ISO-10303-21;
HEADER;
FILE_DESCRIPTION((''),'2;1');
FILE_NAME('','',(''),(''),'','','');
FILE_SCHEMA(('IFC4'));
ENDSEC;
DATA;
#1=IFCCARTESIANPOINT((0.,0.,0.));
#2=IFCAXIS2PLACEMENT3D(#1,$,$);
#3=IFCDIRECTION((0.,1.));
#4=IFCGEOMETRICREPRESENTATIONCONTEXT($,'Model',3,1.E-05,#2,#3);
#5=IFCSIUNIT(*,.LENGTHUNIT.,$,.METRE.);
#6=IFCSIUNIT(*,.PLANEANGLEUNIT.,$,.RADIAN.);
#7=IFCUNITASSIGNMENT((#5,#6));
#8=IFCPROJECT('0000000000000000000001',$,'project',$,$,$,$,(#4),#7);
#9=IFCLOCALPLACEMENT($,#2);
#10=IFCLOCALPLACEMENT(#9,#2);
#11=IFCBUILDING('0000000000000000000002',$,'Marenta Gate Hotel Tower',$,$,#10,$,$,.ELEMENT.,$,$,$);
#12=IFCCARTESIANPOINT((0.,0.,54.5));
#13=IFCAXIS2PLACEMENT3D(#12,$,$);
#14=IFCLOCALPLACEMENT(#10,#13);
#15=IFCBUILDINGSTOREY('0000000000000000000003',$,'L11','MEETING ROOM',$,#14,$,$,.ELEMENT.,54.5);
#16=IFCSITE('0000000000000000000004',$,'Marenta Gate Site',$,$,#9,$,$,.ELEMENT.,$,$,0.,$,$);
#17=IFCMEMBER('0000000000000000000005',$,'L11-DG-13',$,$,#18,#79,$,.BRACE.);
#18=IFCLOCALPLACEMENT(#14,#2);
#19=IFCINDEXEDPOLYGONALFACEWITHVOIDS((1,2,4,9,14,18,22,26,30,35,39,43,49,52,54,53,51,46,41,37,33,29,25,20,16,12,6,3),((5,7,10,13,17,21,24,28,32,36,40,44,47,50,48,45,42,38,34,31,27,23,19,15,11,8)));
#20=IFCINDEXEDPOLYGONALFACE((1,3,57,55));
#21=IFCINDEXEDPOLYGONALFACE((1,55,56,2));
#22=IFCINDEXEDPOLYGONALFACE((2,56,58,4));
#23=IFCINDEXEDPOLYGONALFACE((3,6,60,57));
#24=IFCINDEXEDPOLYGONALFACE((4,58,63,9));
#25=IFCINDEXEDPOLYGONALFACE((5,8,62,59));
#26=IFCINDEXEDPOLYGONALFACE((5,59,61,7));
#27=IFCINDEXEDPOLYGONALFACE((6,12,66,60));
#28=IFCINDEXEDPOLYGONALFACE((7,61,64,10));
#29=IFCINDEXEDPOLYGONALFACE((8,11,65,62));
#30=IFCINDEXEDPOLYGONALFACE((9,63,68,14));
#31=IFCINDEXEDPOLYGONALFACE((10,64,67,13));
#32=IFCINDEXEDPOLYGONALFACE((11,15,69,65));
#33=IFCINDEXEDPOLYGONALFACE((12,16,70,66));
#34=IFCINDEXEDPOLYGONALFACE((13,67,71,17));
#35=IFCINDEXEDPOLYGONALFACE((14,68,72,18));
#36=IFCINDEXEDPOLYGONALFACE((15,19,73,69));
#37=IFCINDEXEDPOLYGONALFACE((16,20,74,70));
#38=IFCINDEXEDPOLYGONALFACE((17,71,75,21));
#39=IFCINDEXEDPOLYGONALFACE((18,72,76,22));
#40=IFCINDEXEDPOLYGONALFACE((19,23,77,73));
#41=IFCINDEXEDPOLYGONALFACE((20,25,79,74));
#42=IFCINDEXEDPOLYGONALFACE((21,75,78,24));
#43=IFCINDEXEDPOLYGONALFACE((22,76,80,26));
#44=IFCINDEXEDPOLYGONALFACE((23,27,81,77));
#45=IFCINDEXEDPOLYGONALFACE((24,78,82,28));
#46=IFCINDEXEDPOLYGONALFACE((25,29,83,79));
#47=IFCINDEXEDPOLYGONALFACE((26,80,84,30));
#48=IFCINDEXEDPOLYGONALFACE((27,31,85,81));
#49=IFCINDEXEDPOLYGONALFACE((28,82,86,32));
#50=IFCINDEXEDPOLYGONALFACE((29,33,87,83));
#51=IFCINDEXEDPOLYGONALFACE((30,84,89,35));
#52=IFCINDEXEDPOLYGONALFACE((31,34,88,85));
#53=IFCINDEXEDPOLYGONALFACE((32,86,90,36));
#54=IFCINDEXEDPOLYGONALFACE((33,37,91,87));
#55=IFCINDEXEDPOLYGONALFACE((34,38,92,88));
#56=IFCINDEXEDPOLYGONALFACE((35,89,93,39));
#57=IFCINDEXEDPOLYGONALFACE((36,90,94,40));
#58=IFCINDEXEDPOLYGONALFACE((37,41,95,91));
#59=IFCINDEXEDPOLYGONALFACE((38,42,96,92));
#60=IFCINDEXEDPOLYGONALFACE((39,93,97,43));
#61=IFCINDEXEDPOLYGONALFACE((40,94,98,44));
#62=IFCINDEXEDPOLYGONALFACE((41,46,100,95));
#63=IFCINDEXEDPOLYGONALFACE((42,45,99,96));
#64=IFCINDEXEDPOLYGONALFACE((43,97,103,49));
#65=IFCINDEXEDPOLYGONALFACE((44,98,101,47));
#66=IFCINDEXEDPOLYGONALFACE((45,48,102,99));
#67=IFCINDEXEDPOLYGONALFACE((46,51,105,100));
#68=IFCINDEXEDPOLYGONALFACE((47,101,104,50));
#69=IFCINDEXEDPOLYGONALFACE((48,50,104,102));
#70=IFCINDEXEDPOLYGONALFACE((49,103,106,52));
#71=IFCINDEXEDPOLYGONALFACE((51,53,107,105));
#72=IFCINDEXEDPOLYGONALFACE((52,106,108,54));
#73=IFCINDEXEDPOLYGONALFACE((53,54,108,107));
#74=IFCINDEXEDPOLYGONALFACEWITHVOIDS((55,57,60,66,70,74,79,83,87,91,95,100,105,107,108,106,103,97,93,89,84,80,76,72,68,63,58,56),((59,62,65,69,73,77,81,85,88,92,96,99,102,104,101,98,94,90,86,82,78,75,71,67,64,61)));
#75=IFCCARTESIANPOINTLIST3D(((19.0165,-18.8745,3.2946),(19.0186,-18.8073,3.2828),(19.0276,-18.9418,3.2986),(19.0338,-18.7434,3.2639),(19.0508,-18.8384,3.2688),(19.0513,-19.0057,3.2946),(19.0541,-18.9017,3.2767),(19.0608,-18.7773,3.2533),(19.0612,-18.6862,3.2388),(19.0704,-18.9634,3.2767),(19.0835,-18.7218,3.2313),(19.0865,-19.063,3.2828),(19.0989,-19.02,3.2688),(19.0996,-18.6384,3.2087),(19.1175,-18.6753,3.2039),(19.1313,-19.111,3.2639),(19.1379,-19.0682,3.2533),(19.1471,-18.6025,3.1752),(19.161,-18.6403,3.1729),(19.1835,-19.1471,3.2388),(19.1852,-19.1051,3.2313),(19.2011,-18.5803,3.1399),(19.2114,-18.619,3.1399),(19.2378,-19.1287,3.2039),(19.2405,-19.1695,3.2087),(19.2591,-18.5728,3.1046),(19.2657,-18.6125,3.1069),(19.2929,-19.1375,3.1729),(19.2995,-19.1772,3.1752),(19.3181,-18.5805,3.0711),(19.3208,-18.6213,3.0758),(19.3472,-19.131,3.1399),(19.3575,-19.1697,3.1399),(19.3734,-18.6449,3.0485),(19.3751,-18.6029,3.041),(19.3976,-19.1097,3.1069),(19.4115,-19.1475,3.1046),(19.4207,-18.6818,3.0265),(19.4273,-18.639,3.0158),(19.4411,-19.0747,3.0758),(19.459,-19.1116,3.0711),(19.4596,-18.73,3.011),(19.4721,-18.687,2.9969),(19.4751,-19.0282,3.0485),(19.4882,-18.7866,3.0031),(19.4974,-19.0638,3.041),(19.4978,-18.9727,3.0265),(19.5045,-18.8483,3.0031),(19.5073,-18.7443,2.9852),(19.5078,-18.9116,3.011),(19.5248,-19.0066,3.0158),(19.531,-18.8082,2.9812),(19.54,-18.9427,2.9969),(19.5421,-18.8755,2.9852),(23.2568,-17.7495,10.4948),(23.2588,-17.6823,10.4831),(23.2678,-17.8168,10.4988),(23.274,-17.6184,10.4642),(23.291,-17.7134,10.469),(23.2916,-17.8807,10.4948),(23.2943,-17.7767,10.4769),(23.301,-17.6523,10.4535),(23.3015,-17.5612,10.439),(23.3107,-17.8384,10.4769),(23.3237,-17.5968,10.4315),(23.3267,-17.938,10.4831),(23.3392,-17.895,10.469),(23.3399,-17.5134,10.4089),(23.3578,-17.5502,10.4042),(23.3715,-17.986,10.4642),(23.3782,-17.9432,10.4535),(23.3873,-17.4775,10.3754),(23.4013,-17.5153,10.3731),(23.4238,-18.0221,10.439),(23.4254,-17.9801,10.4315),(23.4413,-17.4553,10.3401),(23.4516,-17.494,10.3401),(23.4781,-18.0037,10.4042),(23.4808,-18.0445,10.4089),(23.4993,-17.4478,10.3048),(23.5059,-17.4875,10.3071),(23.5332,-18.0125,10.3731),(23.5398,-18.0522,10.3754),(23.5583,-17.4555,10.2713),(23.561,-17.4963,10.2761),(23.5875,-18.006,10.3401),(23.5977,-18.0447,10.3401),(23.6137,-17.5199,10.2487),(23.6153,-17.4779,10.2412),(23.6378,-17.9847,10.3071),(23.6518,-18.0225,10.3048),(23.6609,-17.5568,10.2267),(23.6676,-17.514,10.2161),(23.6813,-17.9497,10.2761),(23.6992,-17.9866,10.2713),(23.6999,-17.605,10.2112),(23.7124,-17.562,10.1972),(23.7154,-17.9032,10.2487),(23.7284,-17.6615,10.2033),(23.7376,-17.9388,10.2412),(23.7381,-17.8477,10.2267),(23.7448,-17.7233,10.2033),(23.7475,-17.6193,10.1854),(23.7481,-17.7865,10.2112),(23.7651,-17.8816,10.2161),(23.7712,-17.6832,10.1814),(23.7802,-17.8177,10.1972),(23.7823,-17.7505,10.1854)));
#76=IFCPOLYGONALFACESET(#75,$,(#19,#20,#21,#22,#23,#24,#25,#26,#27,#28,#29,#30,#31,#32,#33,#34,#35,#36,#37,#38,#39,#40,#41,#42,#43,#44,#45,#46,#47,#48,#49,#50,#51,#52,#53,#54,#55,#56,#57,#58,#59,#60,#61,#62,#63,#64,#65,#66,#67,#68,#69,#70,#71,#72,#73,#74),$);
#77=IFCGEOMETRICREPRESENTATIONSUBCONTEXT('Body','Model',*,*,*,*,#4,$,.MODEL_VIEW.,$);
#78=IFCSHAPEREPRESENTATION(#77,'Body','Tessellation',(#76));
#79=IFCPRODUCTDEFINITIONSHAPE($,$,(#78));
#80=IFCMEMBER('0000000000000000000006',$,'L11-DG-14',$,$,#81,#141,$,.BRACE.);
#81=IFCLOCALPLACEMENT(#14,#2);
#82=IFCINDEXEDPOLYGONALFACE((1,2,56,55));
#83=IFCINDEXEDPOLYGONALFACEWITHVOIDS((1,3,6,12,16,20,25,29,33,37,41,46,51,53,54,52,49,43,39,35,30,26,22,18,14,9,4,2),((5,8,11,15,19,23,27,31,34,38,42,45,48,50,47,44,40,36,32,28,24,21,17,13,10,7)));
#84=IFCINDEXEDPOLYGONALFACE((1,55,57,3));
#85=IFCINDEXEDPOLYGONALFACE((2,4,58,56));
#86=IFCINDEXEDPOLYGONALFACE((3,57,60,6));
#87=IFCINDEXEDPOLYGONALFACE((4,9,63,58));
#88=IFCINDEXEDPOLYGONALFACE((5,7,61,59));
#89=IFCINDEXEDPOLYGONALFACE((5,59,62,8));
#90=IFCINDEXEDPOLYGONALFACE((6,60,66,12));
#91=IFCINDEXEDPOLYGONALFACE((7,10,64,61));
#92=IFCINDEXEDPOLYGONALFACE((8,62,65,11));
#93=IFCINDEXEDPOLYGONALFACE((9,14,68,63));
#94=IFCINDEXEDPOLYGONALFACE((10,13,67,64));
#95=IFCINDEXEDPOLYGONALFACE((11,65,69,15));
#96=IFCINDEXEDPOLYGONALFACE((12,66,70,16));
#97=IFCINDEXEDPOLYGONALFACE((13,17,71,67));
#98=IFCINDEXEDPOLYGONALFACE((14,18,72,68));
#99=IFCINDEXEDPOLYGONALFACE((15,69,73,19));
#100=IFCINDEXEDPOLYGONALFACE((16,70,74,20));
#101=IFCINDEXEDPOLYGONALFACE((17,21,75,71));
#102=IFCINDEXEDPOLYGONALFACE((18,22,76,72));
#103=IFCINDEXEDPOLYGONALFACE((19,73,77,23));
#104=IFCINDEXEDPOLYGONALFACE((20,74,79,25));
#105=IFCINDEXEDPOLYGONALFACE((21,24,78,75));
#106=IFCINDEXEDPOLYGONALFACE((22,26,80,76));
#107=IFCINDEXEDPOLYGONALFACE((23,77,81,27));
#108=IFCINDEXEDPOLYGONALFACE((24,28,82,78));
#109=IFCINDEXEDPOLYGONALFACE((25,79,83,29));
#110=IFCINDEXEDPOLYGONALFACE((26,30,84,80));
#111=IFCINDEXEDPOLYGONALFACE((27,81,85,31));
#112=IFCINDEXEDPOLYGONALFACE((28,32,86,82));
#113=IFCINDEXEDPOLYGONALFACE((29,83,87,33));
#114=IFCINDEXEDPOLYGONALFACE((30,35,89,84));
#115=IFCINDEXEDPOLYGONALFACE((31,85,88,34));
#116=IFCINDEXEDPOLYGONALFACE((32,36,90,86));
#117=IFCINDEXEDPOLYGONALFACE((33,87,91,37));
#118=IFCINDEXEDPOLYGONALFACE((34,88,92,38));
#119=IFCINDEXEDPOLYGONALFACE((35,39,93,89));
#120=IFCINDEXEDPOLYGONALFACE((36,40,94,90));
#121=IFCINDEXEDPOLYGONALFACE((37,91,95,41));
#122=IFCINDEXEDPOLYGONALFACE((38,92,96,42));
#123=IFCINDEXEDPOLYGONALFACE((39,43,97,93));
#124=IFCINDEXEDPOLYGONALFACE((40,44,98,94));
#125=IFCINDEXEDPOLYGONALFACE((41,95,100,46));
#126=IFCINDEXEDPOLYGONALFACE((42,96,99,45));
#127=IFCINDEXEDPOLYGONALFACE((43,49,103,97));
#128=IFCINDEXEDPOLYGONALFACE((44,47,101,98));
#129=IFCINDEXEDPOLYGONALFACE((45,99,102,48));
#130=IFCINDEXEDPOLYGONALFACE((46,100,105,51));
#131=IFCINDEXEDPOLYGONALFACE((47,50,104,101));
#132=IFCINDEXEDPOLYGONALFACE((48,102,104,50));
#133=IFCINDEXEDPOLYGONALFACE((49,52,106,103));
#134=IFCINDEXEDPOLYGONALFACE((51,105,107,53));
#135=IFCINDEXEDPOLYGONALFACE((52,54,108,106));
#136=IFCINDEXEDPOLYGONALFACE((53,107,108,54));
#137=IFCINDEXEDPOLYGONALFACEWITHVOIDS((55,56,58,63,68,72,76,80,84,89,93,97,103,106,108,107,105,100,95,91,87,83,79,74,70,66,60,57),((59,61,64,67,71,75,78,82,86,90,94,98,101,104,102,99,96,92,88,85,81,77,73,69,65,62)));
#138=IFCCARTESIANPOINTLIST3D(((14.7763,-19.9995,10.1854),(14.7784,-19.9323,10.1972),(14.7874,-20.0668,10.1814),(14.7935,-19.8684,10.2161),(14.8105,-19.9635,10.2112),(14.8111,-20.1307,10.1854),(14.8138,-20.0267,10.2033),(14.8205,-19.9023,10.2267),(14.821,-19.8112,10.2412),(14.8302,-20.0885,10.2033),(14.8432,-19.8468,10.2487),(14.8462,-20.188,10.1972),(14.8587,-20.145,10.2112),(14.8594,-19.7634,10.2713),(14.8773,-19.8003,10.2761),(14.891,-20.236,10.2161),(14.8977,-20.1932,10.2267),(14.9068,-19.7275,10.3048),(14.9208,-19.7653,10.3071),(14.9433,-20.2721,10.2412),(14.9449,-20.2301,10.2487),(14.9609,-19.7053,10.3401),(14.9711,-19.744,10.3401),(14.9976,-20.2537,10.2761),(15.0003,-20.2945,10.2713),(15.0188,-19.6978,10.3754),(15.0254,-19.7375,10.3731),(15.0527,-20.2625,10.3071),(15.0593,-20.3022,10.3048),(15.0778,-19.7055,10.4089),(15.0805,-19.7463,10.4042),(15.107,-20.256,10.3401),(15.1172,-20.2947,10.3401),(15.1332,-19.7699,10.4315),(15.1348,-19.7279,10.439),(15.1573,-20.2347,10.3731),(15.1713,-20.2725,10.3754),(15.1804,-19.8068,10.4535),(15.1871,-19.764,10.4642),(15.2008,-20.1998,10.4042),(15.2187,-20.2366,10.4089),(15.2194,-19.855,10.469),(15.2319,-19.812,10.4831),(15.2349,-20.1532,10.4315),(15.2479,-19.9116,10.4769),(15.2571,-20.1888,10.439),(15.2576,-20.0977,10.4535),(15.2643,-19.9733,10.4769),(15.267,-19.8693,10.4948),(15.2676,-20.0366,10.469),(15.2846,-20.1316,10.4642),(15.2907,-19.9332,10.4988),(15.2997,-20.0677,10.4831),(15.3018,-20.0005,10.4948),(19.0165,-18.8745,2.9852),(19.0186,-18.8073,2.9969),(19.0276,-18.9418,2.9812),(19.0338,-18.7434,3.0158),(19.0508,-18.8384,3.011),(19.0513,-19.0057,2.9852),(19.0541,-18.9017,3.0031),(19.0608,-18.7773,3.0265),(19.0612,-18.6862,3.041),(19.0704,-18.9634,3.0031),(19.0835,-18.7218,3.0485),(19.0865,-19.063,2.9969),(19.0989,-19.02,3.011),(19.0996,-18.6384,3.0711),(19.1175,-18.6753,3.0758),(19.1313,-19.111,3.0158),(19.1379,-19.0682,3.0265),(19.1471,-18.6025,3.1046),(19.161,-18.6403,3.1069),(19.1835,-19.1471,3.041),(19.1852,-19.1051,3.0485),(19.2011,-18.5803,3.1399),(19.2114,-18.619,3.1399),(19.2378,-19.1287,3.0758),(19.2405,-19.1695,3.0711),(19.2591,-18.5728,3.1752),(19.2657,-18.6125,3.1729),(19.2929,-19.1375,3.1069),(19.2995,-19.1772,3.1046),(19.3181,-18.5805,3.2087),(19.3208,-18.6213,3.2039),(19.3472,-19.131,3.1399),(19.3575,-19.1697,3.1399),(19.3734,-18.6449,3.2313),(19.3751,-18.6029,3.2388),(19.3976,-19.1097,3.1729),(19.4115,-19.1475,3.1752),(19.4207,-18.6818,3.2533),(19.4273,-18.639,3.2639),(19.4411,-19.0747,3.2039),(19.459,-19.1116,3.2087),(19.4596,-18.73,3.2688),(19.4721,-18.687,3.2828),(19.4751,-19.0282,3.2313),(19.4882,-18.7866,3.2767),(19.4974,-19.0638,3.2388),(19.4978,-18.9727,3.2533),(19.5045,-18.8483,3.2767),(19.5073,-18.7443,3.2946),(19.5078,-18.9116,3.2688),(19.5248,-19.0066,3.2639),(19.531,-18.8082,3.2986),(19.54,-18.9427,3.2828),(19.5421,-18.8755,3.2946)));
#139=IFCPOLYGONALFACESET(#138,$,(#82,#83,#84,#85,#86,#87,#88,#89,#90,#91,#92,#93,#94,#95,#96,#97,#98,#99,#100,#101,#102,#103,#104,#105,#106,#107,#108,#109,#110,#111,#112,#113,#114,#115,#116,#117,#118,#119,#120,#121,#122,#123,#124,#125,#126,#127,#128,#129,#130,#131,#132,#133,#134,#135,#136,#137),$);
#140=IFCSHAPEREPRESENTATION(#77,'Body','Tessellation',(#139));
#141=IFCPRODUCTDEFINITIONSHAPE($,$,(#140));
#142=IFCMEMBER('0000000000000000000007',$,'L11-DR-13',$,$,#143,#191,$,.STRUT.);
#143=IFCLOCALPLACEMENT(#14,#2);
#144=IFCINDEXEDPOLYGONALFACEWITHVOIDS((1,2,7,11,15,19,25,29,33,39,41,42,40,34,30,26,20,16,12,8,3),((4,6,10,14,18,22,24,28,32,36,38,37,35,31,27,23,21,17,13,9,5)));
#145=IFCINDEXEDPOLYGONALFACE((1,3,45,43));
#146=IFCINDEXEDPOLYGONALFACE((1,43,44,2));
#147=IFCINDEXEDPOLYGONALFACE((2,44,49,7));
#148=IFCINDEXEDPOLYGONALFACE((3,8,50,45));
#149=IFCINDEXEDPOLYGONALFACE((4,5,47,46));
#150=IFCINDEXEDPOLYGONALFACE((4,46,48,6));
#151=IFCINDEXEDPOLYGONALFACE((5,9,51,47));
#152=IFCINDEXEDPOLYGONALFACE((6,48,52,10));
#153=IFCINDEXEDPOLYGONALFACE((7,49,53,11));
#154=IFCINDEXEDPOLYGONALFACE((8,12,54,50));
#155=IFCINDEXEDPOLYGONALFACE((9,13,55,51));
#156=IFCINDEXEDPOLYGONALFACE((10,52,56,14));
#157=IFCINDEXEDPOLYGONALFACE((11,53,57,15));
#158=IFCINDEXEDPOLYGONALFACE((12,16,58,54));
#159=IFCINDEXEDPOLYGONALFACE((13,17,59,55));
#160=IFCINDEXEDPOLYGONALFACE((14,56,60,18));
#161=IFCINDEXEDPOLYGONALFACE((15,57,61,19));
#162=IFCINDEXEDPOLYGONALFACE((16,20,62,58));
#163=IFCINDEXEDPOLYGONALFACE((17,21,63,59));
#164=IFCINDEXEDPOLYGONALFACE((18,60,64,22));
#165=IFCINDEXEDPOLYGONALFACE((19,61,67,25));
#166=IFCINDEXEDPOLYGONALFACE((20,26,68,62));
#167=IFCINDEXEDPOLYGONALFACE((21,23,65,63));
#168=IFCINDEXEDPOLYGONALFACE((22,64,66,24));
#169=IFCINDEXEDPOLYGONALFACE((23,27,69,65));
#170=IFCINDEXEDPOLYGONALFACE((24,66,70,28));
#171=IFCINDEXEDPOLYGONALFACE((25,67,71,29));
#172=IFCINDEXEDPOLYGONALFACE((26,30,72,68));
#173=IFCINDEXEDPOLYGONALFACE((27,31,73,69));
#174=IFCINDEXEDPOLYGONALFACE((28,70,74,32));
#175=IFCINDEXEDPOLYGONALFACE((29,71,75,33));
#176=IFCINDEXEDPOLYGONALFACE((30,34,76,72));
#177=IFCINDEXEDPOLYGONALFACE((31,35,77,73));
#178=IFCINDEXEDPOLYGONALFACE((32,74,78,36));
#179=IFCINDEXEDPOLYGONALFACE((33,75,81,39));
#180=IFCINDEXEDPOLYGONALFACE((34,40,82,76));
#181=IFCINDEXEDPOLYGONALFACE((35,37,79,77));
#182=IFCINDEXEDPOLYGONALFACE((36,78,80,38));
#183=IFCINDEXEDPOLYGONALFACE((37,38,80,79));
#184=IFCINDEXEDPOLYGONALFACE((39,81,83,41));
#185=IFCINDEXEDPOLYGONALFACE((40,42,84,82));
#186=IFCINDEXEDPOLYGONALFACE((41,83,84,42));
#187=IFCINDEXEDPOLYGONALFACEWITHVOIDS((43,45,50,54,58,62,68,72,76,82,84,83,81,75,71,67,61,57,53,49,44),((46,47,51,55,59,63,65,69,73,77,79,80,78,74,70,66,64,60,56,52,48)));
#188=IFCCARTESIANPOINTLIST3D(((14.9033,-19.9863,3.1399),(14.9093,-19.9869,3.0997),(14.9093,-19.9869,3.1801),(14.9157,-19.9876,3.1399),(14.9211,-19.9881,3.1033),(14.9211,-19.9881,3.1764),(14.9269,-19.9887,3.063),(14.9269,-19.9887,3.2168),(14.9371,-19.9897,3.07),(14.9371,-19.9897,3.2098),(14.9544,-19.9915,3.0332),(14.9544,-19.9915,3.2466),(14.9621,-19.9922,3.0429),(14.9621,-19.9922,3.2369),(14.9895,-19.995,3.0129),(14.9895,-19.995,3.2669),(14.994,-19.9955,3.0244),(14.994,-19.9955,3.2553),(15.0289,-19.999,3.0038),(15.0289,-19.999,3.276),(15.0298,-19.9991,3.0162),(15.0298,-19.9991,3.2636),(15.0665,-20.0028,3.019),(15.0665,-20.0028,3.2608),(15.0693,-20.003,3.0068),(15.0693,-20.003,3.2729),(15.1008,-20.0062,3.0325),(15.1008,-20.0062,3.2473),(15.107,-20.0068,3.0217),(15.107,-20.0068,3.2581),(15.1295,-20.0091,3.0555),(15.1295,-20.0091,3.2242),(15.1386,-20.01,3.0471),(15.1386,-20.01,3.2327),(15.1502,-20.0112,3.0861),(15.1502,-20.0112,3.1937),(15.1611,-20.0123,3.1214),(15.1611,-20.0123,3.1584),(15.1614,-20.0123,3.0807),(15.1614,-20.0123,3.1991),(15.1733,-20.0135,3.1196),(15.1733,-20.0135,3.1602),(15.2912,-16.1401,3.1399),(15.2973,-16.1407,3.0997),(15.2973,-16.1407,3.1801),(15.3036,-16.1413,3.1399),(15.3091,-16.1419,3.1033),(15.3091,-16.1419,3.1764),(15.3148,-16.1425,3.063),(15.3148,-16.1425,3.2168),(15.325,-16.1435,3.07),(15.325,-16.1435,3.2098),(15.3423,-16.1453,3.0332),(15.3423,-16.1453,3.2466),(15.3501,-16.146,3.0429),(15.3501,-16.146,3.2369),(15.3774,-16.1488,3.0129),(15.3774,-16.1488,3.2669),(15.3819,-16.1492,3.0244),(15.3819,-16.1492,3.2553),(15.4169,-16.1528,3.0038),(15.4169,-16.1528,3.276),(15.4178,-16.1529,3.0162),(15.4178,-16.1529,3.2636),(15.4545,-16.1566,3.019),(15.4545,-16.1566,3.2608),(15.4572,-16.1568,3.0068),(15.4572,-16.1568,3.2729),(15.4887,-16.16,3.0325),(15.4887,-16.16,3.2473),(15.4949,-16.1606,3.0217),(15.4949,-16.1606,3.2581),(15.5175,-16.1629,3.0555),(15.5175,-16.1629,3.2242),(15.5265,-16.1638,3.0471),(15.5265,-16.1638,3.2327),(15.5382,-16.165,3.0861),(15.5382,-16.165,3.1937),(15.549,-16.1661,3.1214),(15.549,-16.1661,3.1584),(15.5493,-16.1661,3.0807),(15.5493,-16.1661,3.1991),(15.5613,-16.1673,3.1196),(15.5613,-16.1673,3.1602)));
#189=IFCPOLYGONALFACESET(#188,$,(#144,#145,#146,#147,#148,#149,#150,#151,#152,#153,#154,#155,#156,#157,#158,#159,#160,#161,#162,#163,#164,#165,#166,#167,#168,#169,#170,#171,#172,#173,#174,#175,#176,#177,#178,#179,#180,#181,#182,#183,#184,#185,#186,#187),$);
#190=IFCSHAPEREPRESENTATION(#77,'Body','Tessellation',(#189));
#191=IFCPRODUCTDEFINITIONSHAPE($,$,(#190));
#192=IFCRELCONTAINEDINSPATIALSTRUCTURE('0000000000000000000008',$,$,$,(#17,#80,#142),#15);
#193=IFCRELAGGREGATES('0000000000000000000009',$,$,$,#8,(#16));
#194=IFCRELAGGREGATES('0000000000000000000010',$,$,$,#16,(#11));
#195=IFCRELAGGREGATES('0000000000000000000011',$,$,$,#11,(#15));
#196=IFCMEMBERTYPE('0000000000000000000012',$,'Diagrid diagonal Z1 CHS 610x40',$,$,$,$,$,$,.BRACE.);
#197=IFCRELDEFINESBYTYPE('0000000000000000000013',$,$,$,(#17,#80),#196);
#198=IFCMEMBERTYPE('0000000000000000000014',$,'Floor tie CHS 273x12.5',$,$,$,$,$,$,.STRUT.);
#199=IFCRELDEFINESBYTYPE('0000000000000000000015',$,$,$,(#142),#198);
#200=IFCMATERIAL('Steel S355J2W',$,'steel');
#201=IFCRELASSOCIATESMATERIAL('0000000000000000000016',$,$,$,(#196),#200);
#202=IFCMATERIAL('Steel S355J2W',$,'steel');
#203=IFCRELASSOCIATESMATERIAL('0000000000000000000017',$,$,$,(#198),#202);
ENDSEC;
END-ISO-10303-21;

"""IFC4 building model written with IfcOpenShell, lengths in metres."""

from ifc_helpers import new_model, si_unit, direction, frame, origin, origin_2d, place, context, subcontext, project, spatial, hollow_circle, extrude, material, material_profile, profile_set, type_object, element, save


model = new_model("IFC4")

# Units and contexts
model_context = context("Model", 3, precision=1e-05, world=origin(), true_north=direction((0.0, 1.0)))
body_context = subcontext(model_context, "Body", "Model", "MODEL_VIEW")
ifc_project = project(units=[si_unit("LENGTHUNIT", "METRE"), si_unit("PLANEANGLEUNIT", "RADIAN")], contexts=[model_context])

# Site, building, storey
site_placement = place(None, origin())
site = spatial("IfcSite", under=ifc_project, at=site_placement, Name="Marenta Gate Site", CompositionType="ELEMENT", RefElevation=0.0)
building_placement = place(site_placement, origin())
building = spatial("IfcBuilding", under=site, at=building_placement, Name="Marenta Gate Hotel Tower", CompositionType="ELEMENT")
storey_placement = place(building_placement, frame((0.0, 0.0, 54.5)))
storey = spatial("IfcBuildingStorey", under=building, at=storey_placement, Name="L11", Description="MEETING ROOM", CompositionType="ELEMENT", Elevation=54.5)

# Members
ifc_material_1 = material(Name="Steel S355J2W", Category="steel")
ifc_material_profile_1 = material_profile(ifc_material_1, hollow_circle(Radius=0.3049, WallThickness=0.04, at=origin_2d()), Name="CHS 610x40")
ifc_profile_set_1 = profile_set([ifc_material_profile_1], Name="Steel S355J2W")
member_type_1 = type_object("IfcMemberType", Name="Diagrid diagonal Z1 CHS 610x40", PredefinedType="BRACE", material=ifc_profile_set_1)
for number, where, z_axis, x_axis, name in (
    (1, (19.2793, -18.875, 3.1399), (0.502912, 0.13343, 0.853977), (-0.256443, 0.966559, 0.0), "L11-DG-13"),
    (2, (19.2793, -18.875, 3.1399), (-0.502912, -0.13343, 0.853977), (0.256443, -0.966559, 0.0), "L11-DG-14"),
):
    element("IfcMember", number, at=place(storey_placement, frame(where, z_axis=z_axis, x_axis=x_axis)), inside=storey, type_object=member_type_1, Name=name, PredefinedType="BRACE", context=body_context, shape_type="SweptSolid", body=[
        extrude(hollow_circle(Radius=0.3049, WallThickness=0.04, at=origin_2d()), origin(), (0.0, 0.0, 1.0), 8.4314),
    ])
ifc_material_2 = material(Name="Steel S355J2W", Category="steel")
ifc_material_profile_2 = material_profile(ifc_material_2, hollow_circle(Radius=0.1365, WallThickness=0.0125, at=origin_2d()), Name="CHS 273x12.5")
ifc_profile_set_2 = profile_set([ifc_material_profile_2], Name="Steel S355J2W")
member_type_2 = type_object("IfcMemberType", Name="Floor tie CHS 273x12.5", PredefinedType="STRUT", material=ifc_profile_set_2)
member_1_placement = place(storey_placement, frame((15.0391, -20.0, 3.1399), z_axis=(0.100354, 0.994952, 0.0), x_axis=(-0.994952, 0.100354, 0.0)))
element("IfcMember", 3, at=member_1_placement, inside=storey, type_object=member_type_2, Name="L11-DR-13", PredefinedType="STRUT", context=body_context, shape_type="SweptSolid", body=[
    extrude(hollow_circle(Radius=0.1365, WallThickness=0.0125, at=origin_2d()), origin(), (0.0, 0.0, 1.0), 3.8657),
])

save(model, "model.ifc")
